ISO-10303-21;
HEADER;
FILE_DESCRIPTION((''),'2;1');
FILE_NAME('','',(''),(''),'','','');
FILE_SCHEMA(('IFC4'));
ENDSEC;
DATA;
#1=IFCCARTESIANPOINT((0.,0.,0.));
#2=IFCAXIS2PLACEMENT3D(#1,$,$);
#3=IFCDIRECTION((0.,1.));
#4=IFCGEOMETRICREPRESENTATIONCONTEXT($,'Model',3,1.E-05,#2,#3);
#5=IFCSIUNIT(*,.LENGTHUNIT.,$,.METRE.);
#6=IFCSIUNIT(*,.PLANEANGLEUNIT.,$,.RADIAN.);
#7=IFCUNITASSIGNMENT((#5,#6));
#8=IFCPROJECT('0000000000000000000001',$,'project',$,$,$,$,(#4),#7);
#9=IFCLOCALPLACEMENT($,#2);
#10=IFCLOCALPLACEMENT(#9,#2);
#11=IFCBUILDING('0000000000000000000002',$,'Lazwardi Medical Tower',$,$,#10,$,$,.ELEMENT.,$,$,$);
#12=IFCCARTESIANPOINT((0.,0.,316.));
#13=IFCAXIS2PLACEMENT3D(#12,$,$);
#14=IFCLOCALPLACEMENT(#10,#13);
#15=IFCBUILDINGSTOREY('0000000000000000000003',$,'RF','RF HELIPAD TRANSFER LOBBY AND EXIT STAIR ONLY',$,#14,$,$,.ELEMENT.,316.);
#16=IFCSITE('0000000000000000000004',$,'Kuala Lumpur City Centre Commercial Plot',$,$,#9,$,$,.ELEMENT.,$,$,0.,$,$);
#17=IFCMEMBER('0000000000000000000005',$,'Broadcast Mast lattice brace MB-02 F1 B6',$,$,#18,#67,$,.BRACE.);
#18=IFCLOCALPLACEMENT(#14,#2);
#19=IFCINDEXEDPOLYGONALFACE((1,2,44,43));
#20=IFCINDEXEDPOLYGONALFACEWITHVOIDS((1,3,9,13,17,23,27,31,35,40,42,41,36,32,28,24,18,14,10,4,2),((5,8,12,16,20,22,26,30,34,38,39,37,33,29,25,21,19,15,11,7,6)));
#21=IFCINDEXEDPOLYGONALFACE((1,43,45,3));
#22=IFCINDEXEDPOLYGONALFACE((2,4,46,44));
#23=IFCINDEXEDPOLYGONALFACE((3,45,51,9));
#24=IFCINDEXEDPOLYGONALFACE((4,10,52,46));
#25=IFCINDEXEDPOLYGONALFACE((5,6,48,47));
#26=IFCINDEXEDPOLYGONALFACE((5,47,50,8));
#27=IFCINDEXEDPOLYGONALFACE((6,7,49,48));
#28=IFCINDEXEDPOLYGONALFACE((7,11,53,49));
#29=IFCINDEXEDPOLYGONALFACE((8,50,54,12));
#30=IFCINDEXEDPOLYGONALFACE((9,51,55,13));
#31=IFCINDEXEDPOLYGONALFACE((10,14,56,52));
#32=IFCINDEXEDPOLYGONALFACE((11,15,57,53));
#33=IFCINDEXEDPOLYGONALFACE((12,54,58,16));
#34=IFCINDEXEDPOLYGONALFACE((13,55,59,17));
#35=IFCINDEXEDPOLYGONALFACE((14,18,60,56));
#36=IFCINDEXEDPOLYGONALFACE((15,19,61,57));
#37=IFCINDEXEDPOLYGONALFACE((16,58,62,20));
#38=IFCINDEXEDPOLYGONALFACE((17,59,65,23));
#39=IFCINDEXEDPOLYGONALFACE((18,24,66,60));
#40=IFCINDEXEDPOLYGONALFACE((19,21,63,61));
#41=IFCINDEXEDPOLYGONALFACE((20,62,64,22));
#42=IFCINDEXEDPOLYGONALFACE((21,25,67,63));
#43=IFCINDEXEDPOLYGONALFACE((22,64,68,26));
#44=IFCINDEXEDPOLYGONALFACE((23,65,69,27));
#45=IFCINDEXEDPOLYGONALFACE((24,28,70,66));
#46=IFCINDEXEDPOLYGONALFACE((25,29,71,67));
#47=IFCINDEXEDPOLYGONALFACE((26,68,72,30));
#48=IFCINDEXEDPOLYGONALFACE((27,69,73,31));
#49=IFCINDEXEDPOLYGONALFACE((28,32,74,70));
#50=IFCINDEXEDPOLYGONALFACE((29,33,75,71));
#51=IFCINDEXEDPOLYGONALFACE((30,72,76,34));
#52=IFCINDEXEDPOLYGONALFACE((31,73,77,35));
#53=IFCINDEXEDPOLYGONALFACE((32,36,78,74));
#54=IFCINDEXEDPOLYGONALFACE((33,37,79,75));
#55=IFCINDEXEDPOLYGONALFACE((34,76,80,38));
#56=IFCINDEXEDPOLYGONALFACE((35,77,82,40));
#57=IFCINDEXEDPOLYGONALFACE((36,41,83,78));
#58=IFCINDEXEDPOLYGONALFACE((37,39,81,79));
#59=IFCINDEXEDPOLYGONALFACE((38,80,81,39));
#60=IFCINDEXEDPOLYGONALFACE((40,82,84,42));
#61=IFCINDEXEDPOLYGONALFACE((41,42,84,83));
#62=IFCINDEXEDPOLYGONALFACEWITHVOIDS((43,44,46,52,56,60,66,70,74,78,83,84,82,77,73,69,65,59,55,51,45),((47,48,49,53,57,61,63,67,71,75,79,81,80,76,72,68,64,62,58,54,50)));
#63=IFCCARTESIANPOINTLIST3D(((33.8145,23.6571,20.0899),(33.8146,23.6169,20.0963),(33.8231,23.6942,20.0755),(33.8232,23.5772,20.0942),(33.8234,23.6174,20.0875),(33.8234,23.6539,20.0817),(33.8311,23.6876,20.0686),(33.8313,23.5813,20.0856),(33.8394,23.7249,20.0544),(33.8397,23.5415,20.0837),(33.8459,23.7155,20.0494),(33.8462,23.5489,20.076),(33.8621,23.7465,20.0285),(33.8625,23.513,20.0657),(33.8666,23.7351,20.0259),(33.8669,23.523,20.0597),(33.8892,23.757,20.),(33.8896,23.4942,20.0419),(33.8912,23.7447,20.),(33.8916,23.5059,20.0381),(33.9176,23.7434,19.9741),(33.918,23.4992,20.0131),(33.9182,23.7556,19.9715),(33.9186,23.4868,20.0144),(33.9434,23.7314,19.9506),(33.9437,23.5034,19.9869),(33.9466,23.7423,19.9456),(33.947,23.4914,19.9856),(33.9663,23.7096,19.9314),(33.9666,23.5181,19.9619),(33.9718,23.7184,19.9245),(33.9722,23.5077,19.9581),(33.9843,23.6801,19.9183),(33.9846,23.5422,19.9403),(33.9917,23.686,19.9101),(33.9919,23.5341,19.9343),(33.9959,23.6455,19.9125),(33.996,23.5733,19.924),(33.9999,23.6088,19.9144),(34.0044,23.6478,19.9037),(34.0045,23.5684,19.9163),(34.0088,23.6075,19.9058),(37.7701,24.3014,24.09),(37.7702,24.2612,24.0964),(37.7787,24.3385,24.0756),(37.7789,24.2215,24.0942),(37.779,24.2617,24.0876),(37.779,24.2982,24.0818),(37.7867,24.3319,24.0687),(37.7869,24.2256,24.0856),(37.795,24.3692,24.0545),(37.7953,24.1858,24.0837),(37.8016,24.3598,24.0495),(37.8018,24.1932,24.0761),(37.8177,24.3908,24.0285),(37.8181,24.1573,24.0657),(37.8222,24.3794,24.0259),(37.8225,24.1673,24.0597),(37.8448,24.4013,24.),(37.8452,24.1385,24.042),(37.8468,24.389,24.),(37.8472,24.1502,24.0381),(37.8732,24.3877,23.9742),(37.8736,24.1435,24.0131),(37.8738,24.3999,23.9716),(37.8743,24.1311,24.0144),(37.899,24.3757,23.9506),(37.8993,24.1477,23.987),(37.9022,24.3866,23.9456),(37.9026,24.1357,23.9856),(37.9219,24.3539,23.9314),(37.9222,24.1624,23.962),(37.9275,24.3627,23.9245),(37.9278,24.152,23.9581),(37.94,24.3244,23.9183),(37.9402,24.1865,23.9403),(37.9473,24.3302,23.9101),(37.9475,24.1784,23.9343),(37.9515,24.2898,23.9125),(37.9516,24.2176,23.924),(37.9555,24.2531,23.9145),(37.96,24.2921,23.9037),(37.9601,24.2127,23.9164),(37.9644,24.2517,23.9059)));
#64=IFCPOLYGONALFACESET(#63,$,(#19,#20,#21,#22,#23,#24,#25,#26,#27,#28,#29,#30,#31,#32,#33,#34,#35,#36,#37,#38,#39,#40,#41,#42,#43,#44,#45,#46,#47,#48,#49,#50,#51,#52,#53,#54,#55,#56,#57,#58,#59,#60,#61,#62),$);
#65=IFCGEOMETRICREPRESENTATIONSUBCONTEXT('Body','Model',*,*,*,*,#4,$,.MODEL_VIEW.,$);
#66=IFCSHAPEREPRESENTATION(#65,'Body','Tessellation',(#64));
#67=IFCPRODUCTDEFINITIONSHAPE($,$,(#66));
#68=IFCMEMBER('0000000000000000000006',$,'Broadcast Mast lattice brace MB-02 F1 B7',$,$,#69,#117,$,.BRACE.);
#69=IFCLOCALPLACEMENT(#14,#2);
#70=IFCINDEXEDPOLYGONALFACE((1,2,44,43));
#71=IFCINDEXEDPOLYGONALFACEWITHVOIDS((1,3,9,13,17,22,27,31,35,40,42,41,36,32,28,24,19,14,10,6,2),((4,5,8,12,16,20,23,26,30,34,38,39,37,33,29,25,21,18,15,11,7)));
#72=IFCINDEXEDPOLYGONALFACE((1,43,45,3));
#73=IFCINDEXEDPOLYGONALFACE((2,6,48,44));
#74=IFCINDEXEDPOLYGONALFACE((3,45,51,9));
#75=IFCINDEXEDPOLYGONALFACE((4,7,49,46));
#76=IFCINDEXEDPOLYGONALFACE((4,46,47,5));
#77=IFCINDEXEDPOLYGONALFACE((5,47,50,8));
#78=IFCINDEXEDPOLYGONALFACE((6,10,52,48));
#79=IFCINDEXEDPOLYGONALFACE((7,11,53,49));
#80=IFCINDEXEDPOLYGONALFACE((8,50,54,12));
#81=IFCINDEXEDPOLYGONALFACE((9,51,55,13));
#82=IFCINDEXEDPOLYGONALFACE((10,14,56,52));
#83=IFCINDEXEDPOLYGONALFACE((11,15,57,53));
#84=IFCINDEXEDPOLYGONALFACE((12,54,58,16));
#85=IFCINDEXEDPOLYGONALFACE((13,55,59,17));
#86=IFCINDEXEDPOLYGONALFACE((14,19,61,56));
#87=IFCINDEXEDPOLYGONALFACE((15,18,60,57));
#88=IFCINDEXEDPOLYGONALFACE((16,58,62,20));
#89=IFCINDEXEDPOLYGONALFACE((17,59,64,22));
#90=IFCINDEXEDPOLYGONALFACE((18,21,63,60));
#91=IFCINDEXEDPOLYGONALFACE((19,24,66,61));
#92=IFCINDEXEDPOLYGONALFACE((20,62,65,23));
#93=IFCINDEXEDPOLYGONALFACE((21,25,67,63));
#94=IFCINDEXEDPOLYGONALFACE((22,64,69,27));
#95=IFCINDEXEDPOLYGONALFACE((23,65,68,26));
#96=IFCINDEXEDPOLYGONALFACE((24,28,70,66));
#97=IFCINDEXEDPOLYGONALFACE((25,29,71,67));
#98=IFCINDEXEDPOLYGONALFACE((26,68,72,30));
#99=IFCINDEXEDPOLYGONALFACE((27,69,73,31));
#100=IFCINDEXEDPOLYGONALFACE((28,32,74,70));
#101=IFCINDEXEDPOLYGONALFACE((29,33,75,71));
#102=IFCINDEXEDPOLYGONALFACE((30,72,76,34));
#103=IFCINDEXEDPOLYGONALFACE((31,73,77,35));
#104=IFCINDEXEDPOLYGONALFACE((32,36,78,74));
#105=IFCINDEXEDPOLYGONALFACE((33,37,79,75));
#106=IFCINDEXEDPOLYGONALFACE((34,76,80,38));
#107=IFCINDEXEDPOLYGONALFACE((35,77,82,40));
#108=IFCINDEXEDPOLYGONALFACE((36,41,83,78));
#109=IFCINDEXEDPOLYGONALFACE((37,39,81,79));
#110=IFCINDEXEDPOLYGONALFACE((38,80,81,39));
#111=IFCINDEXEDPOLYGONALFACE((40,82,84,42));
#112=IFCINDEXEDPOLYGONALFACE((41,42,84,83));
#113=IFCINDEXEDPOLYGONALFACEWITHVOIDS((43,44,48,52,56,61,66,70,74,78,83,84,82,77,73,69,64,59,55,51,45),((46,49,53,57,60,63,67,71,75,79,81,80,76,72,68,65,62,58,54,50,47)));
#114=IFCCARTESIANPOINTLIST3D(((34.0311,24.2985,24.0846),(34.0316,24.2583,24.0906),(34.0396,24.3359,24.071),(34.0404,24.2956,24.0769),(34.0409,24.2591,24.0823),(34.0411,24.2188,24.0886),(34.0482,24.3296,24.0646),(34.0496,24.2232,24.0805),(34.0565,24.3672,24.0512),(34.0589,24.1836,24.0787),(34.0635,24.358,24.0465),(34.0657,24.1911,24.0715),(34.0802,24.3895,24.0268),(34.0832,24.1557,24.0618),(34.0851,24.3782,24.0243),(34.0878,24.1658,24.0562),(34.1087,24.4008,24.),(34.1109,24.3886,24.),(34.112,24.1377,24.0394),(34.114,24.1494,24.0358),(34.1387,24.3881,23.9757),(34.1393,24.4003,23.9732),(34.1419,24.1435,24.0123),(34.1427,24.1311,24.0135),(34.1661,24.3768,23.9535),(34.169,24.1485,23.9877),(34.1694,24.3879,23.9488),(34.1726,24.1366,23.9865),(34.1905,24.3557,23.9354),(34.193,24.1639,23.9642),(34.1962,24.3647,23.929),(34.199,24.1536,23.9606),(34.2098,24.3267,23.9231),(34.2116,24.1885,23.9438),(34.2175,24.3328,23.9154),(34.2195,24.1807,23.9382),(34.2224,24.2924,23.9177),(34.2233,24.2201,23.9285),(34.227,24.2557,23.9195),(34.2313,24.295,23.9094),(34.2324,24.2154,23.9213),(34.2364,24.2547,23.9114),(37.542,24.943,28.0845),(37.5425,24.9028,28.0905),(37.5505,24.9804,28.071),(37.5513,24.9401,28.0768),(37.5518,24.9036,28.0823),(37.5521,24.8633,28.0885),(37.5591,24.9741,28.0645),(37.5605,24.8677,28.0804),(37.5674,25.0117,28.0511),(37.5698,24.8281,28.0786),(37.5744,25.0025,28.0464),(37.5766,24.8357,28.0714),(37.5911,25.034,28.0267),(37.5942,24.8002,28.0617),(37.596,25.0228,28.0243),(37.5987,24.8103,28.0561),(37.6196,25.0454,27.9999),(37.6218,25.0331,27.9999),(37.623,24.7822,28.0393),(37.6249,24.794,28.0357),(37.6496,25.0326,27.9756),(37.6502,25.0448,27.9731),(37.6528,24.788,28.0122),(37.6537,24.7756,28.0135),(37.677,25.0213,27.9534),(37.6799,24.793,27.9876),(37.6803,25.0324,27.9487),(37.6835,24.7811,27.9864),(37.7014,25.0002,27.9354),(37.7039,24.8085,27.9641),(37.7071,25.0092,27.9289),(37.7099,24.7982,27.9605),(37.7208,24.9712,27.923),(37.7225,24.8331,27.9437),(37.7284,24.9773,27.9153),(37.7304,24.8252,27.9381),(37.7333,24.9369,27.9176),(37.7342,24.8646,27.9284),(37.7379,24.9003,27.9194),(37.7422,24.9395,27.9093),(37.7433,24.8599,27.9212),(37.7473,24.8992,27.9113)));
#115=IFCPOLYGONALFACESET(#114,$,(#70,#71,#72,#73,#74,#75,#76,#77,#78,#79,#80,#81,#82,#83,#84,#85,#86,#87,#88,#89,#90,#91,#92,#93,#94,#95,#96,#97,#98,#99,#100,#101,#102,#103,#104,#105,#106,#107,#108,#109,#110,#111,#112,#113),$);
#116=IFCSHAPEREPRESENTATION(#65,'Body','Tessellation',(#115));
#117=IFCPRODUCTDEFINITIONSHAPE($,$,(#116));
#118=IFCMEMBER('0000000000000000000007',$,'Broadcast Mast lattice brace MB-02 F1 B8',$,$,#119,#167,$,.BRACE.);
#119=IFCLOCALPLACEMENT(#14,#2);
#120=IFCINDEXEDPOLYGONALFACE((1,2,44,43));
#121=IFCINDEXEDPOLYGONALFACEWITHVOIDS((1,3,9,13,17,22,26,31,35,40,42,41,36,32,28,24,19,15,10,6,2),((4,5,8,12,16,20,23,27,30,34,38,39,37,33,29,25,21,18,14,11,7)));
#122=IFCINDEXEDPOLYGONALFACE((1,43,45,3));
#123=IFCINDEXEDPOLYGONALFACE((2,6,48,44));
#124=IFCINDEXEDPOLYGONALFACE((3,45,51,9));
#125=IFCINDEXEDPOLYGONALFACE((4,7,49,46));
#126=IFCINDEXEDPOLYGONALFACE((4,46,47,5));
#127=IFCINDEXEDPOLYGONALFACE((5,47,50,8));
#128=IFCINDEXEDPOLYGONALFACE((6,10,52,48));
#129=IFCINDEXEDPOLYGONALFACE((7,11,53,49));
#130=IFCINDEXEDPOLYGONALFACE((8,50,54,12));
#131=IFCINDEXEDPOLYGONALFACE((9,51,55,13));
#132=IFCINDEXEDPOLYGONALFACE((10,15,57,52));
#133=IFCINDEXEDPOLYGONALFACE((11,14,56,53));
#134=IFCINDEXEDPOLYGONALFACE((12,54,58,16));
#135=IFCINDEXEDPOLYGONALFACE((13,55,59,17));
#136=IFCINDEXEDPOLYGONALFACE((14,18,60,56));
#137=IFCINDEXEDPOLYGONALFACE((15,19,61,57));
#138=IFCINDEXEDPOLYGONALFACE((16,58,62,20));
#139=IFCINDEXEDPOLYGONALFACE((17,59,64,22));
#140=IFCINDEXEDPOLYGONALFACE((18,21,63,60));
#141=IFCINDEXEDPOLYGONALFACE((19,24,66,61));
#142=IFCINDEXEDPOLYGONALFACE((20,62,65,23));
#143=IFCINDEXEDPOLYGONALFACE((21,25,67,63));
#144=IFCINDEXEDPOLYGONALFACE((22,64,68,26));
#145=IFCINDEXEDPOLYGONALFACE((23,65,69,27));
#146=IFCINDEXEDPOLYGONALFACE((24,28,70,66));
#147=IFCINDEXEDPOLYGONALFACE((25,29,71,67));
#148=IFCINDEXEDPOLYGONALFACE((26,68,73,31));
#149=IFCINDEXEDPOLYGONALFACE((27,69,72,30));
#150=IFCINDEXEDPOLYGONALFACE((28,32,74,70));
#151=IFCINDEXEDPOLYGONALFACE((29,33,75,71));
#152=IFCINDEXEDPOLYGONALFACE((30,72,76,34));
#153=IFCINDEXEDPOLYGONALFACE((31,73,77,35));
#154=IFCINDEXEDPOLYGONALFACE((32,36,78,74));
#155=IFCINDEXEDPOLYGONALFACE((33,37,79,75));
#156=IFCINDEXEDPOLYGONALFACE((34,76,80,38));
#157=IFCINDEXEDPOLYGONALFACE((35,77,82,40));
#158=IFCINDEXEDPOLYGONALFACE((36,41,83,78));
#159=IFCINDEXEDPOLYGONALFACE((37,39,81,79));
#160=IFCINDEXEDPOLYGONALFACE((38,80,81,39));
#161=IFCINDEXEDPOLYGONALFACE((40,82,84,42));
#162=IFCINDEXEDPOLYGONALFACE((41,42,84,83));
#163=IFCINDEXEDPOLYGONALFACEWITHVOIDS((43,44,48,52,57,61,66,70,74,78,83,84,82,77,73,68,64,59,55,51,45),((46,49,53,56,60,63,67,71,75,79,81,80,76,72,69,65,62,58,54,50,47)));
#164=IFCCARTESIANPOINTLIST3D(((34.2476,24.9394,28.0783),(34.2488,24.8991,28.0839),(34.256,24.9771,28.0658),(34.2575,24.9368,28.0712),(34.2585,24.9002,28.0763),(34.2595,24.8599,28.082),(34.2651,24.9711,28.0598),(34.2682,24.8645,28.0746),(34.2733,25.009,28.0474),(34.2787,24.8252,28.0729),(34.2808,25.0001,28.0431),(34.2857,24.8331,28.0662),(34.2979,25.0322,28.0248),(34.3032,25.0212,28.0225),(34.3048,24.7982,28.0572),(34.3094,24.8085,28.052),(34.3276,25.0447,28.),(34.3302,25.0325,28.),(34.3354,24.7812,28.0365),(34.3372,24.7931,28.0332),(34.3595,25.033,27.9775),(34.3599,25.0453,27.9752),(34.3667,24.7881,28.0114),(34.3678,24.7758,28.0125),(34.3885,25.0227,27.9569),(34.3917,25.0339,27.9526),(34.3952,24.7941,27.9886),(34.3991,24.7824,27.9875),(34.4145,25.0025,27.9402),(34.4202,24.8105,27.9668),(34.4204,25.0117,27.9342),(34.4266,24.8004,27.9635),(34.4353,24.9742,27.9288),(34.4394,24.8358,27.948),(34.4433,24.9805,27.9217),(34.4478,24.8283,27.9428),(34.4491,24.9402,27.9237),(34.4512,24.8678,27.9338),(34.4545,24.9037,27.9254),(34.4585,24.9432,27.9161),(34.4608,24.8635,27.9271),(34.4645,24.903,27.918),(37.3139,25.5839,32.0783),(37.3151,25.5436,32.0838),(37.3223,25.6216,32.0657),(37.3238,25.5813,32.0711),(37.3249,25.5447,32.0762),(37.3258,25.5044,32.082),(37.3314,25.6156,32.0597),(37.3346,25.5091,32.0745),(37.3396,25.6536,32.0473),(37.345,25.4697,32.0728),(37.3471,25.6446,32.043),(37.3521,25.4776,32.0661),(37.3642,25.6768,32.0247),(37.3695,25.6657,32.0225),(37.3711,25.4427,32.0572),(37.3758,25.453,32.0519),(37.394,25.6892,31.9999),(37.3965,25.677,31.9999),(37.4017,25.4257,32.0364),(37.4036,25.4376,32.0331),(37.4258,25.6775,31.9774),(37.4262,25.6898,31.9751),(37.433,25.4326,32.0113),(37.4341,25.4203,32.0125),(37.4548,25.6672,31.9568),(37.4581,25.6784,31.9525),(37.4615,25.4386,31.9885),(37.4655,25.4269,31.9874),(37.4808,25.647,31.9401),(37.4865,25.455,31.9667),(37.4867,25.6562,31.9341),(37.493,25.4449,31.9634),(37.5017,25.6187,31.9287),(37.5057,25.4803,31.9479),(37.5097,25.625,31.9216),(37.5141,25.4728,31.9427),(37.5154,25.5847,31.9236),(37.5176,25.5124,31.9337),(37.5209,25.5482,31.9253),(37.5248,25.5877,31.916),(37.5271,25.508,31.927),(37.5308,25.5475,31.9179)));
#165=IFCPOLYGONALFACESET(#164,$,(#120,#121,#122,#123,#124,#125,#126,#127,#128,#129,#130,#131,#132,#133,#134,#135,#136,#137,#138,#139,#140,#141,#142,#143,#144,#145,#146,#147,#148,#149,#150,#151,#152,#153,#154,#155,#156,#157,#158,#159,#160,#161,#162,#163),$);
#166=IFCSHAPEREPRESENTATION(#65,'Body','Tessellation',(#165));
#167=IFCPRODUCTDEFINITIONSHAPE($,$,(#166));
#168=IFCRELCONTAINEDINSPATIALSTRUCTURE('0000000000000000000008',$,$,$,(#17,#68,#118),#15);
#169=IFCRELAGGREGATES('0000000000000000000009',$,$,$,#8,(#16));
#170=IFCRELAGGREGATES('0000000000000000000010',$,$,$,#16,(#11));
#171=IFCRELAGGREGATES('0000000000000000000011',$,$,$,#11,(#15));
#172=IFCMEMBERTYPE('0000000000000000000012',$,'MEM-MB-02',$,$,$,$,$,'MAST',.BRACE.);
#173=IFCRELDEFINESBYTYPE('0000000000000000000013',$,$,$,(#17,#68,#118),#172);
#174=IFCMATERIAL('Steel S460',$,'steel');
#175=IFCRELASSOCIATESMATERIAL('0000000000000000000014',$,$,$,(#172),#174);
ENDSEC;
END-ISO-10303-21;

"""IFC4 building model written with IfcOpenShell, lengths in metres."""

from ifc_helpers import new_model, si_unit, direction, frame, origin, origin_2d, place, context, subcontext, project, spatial, hollow_circle, extrude, material, material_profile, profile_set, type_object, element, save


model = new_model("IFC4")

# Units and contexts
model_context = context("Model", 3, precision=1e-05, world=origin(), true_north=direction((0.0, 1.0)))
body_context = subcontext(model_context, "Body", "Model", "MODEL_VIEW")
ifc_project = project(units=[si_unit("LENGTHUNIT", "METRE"), si_unit("PLANEANGLEUNIT", "RADIAN")], contexts=[model_context])

# Site, building, storey
site_placement = place(None, origin())
site = spatial("IfcSite", under=ifc_project, at=site_placement, Name="Kuala Lumpur City Centre Commercial Plot", CompositionType="ELEMENT", RefElevation=0.0)
building_placement = place(site_placement, origin())
building = spatial("IfcBuilding", under=site, at=building_placement, Name="Lazwardi Medical Tower", CompositionType="ELEMENT")
storey_placement = place(building_placement, frame((0.0, 0.0, 316.0)))
storey = spatial("IfcBuildingStorey", under=building, at=storey_placement, Name="RF", Description="RF HELIPAD TRANSFER LOBBY AND EXIT STAIR ONLY", CompositionType="ELEMENT", Elevation=316.0)

# Members
ifc_material = material(Name="Steel S460", Category="steel")
ifc_material_profile_1 = material_profile(ifc_material, hollow_circle(Radius=0.1365, WallThickness=0.0125, at=origin_2d()), Name="CHS 273x12.5")
ifc_profile_set_1 = profile_set([ifc_material_profile_1], Name="Steel S460")
member_type_1 = type_object("IfcMemberType", Name="MEM-MB-02", ElementType="MAST", PredefinedType="BRACE", material=ifc_profile_set_1)
member_1_placement = place(storey_placement, frame((33.9111, 23.6223, 20.0), z_axis=(0.69858, 0.113785, 0.706427), x_axis=(-0.160763, 0.986993, 0.0)))
element("IfcMember", 1, at=member_1_placement, inside=storey, type_object=member_type_1, Name="Broadcast Mast lattice brace MB-02 F1 B6", PredefinedType="BRACE", context=body_context, shape_type="SweptSolid", body=[
    extrude(hollow_circle(Radius=0.1365, WallThickness=0.0125, at=origin_2d()), origin(), (0.0, 0.0, 1.0), 5.6624),
])
member_2_placement = place(storey_placement, frame((34.1333, 24.2666, 24.0), z_axis=(0.654888, 0.120221, 0.746102), x_axis=(-0.180558, 0.983564, 0.0)))
element("IfcMember", 2, at=member_2_placement, inside=storey, type_object=member_type_1, Name="Broadcast Mast lattice brace MB-02 F1 B7", PredefinedType="BRACE", context=body_context, shape_type="SweptSolid", body=[
    extrude(hollow_circle(Radius=0.1365, WallThickness=0.0125, at=origin_2d()), origin(), (0.0, 0.0, 1.0), 5.3611),
])
member_3_placement = place(storey_placement, frame((34.3557, 24.9111, 28.0), z_axis=(0.603485, 0.126847, 0.787221), x_axis=(-0.205696, 0.978616, 0.0)))
element("IfcMember", 3, at=member_3_placement, inside=storey, type_object=member_type_1, Name="Broadcast Mast lattice brace MB-02 F1 B8", PredefinedType="BRACE", context=body_context, shape_type="SweptSolid", body=[
    extrude(hollow_circle(Radius=0.1365, WallThickness=0.0125, at=origin_2d()), origin(), (0.0, 0.0, 1.0), 5.0811),
])

save(model, "model.ifc")
